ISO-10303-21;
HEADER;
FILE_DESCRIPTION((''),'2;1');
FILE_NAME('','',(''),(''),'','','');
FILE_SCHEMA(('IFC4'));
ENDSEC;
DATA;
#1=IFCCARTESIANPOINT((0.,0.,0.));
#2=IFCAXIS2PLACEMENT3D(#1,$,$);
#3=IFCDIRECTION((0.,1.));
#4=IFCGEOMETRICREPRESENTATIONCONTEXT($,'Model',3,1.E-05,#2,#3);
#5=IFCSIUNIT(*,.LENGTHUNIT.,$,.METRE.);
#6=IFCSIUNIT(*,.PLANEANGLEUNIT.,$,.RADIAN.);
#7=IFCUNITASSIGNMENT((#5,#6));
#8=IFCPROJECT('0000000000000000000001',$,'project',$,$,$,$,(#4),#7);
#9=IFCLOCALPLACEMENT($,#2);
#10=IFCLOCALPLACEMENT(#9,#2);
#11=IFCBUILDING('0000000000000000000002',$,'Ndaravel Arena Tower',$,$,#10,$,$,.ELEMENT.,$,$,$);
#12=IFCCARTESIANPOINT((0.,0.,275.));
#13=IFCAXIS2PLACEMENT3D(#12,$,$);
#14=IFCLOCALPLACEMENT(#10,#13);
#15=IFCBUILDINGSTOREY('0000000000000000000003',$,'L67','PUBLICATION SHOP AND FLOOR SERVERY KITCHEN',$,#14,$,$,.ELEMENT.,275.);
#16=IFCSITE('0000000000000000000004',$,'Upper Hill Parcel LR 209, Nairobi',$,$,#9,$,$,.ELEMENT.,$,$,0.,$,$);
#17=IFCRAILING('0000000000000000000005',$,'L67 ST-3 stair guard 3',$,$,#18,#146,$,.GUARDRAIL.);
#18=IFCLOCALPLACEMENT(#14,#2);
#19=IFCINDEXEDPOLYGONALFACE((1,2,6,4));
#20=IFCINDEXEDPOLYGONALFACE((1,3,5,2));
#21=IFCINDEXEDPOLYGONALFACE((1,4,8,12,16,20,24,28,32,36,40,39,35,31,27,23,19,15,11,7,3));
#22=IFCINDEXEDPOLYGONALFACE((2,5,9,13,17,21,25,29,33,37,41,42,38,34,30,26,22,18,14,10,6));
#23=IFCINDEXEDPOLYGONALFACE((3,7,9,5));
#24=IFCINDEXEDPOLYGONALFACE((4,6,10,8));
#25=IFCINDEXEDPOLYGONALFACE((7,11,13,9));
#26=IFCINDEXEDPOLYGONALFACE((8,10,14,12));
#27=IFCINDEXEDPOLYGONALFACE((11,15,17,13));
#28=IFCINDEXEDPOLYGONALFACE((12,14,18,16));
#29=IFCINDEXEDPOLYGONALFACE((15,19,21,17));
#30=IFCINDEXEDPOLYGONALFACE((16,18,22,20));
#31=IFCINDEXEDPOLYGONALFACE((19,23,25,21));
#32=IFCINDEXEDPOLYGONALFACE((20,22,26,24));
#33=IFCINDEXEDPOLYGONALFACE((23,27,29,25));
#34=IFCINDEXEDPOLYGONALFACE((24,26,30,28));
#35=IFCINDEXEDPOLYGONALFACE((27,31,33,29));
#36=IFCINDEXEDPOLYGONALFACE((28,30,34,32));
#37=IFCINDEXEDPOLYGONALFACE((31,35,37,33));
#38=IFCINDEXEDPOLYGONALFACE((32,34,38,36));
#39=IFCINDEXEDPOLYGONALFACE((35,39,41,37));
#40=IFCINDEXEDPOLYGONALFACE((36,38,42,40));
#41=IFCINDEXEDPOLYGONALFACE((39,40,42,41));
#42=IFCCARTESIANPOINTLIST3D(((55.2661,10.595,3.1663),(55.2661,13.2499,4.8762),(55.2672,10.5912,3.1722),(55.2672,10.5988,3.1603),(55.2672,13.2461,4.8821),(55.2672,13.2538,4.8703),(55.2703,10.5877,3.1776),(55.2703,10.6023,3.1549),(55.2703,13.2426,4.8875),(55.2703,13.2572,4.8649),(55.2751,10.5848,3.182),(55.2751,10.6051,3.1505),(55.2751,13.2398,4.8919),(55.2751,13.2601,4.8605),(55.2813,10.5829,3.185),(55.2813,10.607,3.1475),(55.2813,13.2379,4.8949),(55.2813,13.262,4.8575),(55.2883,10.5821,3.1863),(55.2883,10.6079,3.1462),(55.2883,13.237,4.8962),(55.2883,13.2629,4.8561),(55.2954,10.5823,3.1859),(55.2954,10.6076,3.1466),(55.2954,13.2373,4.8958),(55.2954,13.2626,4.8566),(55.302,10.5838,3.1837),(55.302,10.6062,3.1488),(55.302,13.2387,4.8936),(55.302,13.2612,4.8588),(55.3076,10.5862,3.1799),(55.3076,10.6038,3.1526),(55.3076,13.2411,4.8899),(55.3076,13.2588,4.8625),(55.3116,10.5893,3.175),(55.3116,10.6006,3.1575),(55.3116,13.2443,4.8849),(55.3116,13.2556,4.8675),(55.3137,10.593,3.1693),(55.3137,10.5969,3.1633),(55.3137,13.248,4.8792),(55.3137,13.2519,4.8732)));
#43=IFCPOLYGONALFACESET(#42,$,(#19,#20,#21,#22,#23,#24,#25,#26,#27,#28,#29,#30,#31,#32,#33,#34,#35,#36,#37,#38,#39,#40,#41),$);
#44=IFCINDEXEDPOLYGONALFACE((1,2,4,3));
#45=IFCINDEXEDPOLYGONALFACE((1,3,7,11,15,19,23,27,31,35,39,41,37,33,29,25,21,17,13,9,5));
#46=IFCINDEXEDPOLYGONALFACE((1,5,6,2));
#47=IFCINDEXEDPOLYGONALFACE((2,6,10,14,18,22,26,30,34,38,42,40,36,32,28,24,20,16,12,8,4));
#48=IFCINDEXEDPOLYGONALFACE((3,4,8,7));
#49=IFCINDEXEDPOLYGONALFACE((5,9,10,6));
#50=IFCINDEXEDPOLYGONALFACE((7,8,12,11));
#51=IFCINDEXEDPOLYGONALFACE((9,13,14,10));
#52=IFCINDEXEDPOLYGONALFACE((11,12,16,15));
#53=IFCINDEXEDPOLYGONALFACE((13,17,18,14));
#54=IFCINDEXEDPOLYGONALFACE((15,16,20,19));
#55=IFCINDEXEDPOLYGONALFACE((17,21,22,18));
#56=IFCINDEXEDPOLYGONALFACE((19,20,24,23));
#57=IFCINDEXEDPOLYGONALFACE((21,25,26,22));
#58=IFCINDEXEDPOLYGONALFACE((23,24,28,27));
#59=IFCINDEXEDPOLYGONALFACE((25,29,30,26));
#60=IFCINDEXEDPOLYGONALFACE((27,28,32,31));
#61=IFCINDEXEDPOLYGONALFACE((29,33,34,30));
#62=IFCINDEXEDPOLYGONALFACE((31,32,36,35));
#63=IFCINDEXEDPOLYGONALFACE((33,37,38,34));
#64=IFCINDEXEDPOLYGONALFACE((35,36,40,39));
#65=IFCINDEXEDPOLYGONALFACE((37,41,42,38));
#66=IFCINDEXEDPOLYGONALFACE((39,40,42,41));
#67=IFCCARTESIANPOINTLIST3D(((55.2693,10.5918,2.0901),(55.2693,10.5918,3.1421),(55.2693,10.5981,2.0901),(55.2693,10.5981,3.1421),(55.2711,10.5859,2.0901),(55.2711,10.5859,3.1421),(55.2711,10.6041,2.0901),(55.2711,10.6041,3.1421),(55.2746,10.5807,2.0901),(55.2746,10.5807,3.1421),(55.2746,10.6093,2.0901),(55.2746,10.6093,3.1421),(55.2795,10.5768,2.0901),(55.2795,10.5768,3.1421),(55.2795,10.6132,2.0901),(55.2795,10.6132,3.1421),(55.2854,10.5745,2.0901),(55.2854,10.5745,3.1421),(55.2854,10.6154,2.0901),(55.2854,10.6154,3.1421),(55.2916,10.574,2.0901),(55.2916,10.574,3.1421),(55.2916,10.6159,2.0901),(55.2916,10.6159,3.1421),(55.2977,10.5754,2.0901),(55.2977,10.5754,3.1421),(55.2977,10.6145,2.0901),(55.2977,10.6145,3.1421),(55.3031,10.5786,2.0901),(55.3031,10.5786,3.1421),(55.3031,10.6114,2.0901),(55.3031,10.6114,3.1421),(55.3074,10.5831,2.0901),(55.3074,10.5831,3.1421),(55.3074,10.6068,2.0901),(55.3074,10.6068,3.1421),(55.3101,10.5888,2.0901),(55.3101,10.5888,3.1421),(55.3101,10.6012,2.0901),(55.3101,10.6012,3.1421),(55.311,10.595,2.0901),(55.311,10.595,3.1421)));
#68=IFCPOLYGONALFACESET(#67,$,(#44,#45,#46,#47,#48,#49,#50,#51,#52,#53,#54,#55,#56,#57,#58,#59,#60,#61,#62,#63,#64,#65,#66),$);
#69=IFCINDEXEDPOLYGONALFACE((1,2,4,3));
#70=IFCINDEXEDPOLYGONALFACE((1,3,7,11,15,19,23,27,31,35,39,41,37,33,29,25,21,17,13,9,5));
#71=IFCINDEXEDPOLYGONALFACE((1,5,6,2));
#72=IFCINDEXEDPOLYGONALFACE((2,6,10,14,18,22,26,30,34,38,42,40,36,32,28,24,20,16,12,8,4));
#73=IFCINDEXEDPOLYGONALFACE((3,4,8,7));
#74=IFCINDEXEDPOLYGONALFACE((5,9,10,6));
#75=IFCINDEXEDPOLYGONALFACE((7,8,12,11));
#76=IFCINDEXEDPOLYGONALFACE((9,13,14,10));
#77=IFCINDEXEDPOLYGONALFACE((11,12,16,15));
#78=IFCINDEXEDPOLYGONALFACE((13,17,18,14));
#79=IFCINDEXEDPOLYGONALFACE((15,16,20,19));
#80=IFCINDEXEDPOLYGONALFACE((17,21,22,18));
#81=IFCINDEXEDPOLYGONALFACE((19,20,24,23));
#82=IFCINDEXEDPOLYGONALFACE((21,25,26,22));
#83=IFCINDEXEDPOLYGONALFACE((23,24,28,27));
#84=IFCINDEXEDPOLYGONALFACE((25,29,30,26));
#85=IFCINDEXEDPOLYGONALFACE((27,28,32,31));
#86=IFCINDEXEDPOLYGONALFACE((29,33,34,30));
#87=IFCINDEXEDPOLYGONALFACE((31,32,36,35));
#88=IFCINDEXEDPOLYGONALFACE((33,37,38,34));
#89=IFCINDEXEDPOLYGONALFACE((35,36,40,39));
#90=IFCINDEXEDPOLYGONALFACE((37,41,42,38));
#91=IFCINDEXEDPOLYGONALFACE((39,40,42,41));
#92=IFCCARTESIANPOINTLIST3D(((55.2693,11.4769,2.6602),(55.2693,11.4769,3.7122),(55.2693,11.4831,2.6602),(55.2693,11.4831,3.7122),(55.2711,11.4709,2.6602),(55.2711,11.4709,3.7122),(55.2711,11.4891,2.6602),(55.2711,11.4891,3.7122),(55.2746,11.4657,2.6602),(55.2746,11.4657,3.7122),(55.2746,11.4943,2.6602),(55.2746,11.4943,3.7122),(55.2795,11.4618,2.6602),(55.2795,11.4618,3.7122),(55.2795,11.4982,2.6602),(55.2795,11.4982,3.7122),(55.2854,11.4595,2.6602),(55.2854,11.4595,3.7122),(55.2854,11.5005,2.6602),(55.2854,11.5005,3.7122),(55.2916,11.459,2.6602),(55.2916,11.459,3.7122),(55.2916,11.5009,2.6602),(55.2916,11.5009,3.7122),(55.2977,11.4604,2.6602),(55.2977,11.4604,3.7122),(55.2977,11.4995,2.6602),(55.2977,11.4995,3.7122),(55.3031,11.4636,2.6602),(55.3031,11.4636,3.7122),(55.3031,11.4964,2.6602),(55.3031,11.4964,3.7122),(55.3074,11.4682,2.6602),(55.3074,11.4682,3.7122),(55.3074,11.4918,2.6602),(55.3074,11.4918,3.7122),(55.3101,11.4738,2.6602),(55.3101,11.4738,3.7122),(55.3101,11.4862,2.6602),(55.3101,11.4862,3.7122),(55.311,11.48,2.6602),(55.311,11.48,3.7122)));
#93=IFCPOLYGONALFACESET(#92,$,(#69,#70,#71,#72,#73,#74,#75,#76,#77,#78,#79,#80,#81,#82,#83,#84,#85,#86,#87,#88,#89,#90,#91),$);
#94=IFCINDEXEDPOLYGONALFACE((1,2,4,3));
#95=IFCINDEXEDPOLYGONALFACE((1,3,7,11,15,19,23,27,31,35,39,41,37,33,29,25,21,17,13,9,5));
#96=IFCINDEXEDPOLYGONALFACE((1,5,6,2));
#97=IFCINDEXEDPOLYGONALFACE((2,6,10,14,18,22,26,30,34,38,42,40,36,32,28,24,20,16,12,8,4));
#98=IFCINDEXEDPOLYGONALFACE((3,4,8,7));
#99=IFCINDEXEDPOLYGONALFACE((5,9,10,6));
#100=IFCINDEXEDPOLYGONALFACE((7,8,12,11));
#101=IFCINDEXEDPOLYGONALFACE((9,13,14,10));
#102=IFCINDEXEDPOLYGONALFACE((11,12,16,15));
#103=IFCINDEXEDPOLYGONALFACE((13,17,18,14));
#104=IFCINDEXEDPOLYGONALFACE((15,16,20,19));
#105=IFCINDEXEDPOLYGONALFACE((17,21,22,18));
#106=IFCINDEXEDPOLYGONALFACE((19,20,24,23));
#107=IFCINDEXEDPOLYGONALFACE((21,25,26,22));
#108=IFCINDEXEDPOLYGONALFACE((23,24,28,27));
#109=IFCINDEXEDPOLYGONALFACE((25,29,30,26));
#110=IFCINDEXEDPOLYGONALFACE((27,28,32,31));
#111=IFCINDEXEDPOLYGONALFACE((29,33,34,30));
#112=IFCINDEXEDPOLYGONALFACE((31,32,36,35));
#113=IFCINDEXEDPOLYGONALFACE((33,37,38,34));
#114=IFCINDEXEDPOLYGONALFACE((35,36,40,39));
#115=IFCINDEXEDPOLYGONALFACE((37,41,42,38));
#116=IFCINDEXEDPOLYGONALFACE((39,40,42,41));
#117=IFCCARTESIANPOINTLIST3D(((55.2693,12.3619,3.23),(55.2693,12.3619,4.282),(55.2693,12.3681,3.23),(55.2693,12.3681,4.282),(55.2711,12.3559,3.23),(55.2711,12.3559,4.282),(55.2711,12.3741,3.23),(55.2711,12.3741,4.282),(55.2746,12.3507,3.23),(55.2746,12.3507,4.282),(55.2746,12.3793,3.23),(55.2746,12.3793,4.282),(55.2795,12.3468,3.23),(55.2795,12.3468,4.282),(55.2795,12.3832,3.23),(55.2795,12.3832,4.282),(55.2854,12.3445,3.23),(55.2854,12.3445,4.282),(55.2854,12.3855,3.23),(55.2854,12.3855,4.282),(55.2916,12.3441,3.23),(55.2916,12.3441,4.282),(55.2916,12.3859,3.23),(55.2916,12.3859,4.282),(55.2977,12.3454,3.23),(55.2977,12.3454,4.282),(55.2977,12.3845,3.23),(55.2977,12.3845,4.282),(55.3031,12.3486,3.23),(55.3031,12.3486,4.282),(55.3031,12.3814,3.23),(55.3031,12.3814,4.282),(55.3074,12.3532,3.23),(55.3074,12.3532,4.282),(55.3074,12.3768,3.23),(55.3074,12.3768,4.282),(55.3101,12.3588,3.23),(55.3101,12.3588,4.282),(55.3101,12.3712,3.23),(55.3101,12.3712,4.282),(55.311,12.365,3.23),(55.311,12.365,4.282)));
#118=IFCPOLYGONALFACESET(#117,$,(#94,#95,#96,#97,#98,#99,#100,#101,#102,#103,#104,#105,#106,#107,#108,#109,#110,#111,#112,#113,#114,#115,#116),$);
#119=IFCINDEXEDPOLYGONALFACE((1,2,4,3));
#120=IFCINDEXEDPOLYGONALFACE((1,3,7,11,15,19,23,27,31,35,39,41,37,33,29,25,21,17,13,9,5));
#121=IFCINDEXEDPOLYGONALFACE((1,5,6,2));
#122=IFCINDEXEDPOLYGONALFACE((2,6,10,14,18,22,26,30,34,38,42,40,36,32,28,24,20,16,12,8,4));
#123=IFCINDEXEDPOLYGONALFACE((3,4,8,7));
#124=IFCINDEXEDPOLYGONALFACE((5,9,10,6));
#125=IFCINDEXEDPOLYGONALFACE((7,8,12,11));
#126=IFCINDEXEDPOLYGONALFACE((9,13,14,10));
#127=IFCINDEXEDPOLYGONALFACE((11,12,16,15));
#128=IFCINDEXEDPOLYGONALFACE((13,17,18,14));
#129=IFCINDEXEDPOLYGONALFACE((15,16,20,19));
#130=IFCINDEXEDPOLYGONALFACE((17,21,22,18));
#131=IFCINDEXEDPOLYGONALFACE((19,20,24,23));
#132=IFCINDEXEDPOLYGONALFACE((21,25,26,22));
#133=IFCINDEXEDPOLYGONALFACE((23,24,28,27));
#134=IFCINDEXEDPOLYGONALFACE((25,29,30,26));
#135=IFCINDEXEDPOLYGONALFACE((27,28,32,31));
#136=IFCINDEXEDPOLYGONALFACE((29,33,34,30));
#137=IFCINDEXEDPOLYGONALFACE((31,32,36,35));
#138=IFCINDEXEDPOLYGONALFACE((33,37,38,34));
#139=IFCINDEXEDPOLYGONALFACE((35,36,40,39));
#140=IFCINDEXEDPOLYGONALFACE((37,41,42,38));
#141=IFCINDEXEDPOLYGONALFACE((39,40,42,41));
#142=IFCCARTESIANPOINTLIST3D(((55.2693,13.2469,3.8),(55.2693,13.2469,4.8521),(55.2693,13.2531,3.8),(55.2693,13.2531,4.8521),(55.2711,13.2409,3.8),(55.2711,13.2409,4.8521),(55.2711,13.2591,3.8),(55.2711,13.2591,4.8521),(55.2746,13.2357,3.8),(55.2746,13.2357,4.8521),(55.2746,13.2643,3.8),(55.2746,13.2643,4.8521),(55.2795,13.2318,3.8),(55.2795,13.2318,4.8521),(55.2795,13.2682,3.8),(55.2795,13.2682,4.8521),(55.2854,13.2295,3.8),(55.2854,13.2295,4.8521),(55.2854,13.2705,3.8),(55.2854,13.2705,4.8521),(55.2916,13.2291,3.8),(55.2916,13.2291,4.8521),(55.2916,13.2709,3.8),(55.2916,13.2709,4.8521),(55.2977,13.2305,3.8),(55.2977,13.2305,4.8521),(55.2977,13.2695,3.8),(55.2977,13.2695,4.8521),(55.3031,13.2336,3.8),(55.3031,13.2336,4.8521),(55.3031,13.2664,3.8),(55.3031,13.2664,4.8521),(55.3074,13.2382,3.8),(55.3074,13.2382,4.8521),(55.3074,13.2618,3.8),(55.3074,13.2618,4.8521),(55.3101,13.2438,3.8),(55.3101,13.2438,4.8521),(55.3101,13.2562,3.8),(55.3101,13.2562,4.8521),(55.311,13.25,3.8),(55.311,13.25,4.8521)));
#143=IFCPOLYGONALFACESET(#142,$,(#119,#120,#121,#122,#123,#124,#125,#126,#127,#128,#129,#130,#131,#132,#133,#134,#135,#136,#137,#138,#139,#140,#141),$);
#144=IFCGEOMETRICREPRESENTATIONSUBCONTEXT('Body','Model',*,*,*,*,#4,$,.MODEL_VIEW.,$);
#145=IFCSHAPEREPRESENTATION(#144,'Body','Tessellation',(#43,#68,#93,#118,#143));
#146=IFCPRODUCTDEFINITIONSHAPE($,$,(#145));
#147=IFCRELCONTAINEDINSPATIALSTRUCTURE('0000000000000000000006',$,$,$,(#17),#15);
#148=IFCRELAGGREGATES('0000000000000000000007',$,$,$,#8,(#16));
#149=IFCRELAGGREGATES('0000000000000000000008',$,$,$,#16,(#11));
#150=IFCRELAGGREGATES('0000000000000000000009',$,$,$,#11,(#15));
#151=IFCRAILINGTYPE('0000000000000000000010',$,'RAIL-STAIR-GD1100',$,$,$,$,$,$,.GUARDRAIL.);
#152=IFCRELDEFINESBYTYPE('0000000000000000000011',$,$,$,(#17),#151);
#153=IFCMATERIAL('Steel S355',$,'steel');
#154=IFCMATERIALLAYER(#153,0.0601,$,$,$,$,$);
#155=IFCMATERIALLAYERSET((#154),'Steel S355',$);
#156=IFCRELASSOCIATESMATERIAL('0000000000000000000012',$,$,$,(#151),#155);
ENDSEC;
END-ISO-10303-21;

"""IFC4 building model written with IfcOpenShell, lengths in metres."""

from ifc_helpers import new_model, si_unit, direction, frame, origin, origin_2d, place, context, subcontext, project, spatial, circle, extrude, material, layer, layer_set, type_object, element, save


model = new_model("IFC4")

# Units and contexts
model_context = context("Model", 3, precision=1e-05, world=origin(), true_north=direction((0.0, 1.0)))
body_context = subcontext(model_context, "Body", "Model", "MODEL_VIEW")
ifc_project = project(units=[si_unit("LENGTHUNIT", "METRE"), si_unit("PLANEANGLEUNIT", "RADIAN")], contexts=[model_context])

# Site, building, storey
site_placement = place(None, origin())
site = spatial("IfcSite", under=ifc_project, at=site_placement, Name="Upper Hill Parcel LR 209, Nairobi", CompositionType="ELEMENT", RefElevation=0.0)
building_placement = place(site_placement, origin())
building = spatial("IfcBuilding", under=site, at=building_placement, Name="Ndaravel Arena Tower", CompositionType="ELEMENT")
storey_placement = place(building_placement, frame((0.0, 0.0, 275.0)))
storey = spatial("IfcBuildingStorey", under=building, at=storey_placement, Name="L67", Description="PUBLICATION SHOP AND FLOOR SERVERY KITCHEN", CompositionType="ELEMENT", Elevation=275.0)

# Railing
ifc_material_1 = material(Name="Steel S355", Category="steel")
ifc_layer_1 = layer(ifc_material_1, 0.0601)
ifc_layer_set_1 = layer_set([ifc_layer_1], Name="Steel S355")
railing_type_1 = type_object("IfcRailingType", Name="RAIL-STAIR-GD1100", PredefinedType="GUARDRAIL", material=ifc_layer_set_1)
railing_1_placement = place(storey_placement, frame((55.29, 10.595, 2.0901)))
element("IfcRailing", 1, at=railing_1_placement, inside=storey, type_object=railing_type_1, Name="L67 ST-3 stair guard 3", PredefinedType="GUARDRAIL", context=body_context, shape_type="SweptSolid", body=[
    extrude(circle(Radius=0.0239, at=origin_2d()), frame((0.0, 0.0, 1.0762), z_axis=(0.0, 0.840724, 0.541465), x_axis=(-1.0, 0.0, 0.0)), (0.0, 0.0, 1.0), 3.158),
    extrude(circle(Radius=0.021, at=origin_2d()), origin(), (0.0, 0.0, 1.0), 1.052),
    extrude(circle(Radius=0.021, at=origin_2d()), frame((0.0, 0.885, 0.5701)), (0.0, 0.0, 1.0), 1.052),
    extrude(circle(Radius=0.021, at=origin_2d()), frame((0.0, 1.77, 1.1399)), (0.0, 0.0, 1.0), 1.052),
    extrude(circle(Radius=0.021, at=origin_2d()), frame((0.0, 2.655, 1.71)), (0.0, 0.0, 1.0), 1.052),
])

save(model, "model.ifc")
